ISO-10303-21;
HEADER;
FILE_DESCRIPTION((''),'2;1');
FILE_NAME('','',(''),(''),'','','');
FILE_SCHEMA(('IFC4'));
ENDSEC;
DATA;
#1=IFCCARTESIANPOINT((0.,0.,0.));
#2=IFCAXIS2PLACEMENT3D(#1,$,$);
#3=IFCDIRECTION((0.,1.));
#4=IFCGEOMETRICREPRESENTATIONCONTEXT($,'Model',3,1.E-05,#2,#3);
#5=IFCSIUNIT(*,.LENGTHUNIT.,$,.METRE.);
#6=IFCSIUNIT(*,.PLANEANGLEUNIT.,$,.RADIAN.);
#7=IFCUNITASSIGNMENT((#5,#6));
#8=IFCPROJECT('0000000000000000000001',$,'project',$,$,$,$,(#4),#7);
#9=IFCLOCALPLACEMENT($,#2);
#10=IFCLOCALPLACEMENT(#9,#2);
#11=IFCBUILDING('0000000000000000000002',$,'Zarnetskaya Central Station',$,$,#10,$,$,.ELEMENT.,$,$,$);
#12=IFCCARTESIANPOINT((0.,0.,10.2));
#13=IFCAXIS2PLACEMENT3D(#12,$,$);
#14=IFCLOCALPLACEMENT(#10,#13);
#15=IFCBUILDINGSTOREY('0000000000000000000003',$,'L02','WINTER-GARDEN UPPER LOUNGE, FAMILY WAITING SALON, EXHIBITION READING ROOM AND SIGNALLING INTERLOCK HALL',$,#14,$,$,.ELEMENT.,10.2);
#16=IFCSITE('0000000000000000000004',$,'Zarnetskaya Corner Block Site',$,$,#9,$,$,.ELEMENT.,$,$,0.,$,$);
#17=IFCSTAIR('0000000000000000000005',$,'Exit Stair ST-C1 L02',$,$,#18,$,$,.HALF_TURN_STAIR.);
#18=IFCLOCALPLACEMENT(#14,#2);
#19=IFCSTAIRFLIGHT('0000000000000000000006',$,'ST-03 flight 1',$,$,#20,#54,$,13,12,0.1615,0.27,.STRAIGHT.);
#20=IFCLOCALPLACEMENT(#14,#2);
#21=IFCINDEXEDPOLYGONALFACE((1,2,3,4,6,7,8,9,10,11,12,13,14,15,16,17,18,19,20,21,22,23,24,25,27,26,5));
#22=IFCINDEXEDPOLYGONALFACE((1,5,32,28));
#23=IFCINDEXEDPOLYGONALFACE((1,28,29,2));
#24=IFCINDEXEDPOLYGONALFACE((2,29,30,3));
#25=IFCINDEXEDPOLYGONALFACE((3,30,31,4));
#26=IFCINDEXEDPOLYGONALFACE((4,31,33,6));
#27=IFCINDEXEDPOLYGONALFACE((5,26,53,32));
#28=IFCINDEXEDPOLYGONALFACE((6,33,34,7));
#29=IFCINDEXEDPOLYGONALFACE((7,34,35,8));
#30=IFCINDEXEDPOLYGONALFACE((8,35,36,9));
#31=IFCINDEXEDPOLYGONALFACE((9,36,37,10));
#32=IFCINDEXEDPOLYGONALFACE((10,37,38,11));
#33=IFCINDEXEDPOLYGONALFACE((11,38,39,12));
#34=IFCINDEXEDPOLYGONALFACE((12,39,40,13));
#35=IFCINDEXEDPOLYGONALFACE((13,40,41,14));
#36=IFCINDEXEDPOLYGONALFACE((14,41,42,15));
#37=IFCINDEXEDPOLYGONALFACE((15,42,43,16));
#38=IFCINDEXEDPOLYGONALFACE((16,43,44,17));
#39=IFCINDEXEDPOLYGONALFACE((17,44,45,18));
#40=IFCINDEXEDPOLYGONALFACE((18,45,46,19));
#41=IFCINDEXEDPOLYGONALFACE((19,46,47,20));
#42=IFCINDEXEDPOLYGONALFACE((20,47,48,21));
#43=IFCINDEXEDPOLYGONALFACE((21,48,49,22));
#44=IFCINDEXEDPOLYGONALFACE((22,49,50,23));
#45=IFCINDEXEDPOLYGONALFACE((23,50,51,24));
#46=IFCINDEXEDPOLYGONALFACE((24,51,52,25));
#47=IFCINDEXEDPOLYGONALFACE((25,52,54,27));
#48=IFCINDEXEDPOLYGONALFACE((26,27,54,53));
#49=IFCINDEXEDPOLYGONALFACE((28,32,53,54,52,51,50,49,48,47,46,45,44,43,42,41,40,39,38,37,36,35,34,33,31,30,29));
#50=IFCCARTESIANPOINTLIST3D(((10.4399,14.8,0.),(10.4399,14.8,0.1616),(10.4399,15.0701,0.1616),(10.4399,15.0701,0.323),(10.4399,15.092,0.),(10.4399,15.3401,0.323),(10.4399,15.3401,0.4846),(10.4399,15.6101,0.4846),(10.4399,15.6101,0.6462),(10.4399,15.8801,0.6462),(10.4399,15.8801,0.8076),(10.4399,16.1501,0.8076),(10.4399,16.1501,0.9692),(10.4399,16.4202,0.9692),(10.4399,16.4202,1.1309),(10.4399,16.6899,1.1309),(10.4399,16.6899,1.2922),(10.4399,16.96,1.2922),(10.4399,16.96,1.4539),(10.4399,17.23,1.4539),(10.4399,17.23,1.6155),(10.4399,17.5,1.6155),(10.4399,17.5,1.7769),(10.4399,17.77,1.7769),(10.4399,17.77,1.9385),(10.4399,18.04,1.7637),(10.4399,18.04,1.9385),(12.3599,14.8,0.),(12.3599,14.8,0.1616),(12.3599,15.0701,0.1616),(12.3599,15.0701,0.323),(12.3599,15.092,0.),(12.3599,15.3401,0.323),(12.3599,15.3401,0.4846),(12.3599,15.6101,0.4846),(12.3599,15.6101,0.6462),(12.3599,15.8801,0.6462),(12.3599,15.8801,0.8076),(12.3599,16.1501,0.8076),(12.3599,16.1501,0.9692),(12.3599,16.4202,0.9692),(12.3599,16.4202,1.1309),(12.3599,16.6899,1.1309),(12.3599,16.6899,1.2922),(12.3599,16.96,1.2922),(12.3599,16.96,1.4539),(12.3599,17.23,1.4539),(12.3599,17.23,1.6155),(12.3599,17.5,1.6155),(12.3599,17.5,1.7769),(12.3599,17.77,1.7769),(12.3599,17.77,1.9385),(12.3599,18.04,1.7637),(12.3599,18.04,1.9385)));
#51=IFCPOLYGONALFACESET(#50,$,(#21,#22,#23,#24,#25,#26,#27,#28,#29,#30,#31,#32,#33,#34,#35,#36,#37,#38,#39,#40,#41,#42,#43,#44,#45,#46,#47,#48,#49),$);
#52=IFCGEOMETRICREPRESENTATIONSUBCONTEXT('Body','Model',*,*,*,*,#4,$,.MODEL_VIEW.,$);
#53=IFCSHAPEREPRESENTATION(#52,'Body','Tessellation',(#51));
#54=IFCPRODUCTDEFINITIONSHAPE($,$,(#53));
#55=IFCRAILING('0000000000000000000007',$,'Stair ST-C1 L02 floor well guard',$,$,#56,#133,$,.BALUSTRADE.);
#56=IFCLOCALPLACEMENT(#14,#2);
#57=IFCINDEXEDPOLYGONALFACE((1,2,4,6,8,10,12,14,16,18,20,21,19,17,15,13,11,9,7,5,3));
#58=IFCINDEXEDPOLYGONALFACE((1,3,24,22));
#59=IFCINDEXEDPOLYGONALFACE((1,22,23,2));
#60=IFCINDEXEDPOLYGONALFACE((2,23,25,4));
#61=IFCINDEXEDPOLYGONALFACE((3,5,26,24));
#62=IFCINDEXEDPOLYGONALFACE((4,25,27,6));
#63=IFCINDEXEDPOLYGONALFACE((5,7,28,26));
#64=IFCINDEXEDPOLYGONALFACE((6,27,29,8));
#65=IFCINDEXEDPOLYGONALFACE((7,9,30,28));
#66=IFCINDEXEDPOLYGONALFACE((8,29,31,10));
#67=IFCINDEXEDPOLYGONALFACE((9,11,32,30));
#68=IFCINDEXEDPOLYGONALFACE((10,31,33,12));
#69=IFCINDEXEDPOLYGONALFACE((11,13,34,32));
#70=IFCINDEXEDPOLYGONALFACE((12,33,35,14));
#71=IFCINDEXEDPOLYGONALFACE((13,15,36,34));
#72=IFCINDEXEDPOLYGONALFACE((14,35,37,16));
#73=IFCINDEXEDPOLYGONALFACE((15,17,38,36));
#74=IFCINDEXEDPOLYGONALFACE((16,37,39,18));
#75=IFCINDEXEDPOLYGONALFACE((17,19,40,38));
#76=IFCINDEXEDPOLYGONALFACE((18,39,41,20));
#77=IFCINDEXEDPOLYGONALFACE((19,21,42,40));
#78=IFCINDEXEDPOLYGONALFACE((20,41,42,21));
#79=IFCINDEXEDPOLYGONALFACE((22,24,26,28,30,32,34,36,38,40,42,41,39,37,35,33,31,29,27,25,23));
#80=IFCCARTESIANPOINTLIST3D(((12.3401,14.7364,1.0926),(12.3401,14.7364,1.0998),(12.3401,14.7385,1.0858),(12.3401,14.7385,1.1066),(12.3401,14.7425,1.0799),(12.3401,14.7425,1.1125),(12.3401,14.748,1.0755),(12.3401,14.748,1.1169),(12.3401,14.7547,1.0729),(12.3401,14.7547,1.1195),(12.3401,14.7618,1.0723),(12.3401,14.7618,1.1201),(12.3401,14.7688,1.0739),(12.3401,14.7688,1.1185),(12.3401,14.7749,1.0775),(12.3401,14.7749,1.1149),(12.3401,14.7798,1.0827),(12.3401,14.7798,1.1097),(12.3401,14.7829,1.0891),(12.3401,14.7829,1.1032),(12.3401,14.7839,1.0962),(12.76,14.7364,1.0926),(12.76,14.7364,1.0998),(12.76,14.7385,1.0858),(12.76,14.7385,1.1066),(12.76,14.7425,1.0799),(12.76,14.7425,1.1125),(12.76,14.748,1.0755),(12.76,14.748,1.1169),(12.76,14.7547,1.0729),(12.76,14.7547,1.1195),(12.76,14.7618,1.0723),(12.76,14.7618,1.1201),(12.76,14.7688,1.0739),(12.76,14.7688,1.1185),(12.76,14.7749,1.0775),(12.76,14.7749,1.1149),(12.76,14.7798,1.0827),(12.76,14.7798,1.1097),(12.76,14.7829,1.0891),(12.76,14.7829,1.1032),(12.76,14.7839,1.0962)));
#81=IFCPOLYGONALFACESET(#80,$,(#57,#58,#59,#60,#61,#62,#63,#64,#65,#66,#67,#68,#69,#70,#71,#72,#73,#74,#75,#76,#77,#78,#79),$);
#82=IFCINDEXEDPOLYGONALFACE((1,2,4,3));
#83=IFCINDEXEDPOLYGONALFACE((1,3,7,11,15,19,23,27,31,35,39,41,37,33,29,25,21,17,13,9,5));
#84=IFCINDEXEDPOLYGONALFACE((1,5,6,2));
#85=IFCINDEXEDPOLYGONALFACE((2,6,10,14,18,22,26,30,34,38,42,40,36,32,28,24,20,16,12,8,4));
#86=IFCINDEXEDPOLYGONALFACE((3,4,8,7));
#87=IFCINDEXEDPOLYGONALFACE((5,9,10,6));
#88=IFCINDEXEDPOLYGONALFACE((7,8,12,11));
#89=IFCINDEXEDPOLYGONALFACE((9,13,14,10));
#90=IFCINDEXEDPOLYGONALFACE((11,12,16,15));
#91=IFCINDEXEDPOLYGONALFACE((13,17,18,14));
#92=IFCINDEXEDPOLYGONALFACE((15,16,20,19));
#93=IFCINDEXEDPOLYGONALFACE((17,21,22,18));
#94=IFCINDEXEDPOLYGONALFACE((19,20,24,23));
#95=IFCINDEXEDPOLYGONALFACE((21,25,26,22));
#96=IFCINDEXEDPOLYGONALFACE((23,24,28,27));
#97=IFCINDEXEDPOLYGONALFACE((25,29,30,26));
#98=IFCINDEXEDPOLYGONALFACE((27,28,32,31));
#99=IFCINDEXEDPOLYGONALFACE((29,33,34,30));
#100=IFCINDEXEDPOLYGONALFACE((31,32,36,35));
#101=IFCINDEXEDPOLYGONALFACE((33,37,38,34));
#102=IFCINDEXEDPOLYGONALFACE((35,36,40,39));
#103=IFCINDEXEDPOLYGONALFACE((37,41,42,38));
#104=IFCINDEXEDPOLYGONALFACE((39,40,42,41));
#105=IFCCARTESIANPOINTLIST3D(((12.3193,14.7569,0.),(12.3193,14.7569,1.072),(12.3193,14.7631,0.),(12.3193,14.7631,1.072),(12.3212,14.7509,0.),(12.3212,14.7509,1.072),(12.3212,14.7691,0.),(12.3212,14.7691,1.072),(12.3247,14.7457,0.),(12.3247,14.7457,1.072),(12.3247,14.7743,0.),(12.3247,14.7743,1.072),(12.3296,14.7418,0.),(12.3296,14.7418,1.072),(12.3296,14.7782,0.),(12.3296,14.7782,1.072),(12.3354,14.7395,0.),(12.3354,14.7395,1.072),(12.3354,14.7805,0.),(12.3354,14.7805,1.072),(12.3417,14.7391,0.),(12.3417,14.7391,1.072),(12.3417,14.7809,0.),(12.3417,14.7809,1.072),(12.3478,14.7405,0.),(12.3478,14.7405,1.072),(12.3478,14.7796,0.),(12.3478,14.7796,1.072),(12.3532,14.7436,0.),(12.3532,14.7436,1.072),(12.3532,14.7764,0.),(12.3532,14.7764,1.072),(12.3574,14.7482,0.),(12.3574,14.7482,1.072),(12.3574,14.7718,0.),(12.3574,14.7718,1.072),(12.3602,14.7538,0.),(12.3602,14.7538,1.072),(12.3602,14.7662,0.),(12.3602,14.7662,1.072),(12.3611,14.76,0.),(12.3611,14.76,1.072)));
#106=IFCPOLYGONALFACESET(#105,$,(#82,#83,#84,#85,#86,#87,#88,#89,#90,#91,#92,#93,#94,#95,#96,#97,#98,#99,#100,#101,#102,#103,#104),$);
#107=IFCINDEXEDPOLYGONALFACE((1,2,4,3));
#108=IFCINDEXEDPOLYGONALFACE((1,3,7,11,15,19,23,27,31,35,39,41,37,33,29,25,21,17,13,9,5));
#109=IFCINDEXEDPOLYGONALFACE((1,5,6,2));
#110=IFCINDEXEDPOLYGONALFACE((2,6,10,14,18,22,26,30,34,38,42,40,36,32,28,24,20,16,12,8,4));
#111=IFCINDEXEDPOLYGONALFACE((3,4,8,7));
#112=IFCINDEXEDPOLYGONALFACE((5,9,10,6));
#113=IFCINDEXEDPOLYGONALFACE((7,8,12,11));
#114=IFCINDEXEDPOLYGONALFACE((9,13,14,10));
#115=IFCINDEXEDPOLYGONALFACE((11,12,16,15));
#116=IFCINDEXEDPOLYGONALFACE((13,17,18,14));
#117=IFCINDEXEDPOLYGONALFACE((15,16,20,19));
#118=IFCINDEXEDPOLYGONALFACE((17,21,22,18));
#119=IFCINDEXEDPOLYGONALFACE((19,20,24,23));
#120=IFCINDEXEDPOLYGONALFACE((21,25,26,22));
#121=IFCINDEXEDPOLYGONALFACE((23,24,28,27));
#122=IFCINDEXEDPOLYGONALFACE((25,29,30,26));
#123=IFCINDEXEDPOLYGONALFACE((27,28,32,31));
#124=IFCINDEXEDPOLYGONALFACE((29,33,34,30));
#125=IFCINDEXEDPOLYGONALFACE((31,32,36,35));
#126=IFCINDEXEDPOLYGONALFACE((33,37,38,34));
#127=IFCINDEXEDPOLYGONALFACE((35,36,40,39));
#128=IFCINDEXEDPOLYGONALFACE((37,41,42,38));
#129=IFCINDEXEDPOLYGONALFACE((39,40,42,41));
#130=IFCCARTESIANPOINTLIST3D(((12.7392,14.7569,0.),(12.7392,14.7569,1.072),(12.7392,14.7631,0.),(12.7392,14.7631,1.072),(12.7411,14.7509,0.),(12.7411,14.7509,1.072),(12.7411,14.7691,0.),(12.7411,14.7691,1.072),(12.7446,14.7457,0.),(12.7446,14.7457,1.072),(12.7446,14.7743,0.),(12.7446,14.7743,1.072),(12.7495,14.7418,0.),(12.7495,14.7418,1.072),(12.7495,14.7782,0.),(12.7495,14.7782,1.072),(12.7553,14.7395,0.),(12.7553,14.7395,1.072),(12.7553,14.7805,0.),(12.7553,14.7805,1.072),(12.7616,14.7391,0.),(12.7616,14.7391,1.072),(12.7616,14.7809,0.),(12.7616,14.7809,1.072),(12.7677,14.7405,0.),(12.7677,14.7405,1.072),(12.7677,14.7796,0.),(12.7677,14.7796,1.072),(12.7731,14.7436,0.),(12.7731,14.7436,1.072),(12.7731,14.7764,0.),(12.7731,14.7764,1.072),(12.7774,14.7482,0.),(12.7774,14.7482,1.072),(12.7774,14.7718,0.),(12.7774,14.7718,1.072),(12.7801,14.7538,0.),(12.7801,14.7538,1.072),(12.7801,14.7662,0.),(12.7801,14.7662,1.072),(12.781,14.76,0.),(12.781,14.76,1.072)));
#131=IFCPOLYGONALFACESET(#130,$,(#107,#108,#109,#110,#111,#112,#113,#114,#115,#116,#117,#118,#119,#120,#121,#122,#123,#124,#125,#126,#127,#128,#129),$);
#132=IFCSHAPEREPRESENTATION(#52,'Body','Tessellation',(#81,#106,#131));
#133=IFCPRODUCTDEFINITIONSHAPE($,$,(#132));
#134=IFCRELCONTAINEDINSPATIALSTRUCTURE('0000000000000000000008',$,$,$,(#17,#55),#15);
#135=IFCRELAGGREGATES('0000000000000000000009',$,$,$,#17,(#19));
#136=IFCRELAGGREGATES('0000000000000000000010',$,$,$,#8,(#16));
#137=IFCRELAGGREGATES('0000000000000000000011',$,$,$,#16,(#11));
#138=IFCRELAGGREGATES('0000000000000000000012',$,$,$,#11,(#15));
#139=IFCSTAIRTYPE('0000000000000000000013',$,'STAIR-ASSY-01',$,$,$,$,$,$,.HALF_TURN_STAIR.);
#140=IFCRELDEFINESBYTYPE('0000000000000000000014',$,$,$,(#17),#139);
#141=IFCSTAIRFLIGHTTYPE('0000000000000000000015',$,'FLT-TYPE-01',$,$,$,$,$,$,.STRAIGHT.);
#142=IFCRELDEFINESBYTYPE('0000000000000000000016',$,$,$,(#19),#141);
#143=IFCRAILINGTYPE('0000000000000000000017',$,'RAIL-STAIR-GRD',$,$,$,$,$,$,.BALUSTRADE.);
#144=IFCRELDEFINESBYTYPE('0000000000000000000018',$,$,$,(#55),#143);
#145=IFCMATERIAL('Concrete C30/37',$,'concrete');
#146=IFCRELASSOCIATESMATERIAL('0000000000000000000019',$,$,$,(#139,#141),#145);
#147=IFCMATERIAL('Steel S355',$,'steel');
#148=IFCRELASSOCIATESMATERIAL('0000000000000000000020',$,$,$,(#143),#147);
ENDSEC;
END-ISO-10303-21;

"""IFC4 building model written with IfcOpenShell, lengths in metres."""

from ifc_helpers import new_model, si_unit, direction, frame, origin, origin_2d, place, context, subcontext, project, spatial, polyline, circle, outline, extrude, material, type_object, element, aggregate, save


model = new_model("IFC4")

# Units and contexts
model_context = context("Model", 3, precision=1e-05, world=origin(), true_north=direction((0.0, 1.0)))
body_context = subcontext(model_context, "Body", "Model", "MODEL_VIEW")
ifc_project = project(units=[si_unit("LENGTHUNIT", "METRE"), si_unit("PLANEANGLEUNIT", "RADIAN")], contexts=[model_context])

# Site, building, storey
site_placement = place(None, origin())
site = spatial("IfcSite", under=ifc_project, at=site_placement, Name="Zarnetskaya Corner Block Site", CompositionType="ELEMENT", RefElevation=0.0)
building_placement = place(site_placement, origin())
building = spatial("IfcBuilding", under=site, at=building_placement, Name="Zarnetskaya Central Station", CompositionType="ELEMENT")
storey_placement = place(building_placement, frame((0.0, 0.0, 10.2)))
storey = spatial("IfcBuildingStorey", under=building, at=storey_placement, Name="L02", Description="WINTER-GARDEN UPPER LOUNGE, FAMILY WAITING SALON, EXHIBITION READING ROOM AND SIGNALLING INTERLOCK HALL", CompositionType="ELEMENT", Elevation=10.2)

# Shared definitions
ifc_material_1 = material(Name="Steel S355", Category="steel")

# Shared definitions
ifc_material_2 = material(Name="Concrete C30/37", Category="concrete")

# Stair, stair flight
stair_type = type_object("IfcStairType", Name="STAIR-ASSY-01", PredefinedType="HALF_TURN_STAIR", material=ifc_material_2)
stair_placement = place(storey_placement, origin())
stair = element("IfcStair", 1, at=stair_placement, inside=storey, type_object=stair_type, Name="Exit Stair ST-C1 L02", PredefinedType="HALF_TURN_STAIR")
stair_flight_type = type_object("IfcStairFlightType", Name="FLT-TYPE-01", PredefinedType="STRAIGHT", material=ifc_material_2)
stair_flight_placement = place(storey_placement, frame((11.3999, 14.8, 0.0), z_axis=(0.0, 0.0, 1.0), x_axis=(0.0, 1.0, 0.0)))
stair_flight = element("IfcStairFlight", 2, at=stair_flight_placement, type_object=stair_flight_type, Name="ST-03 flight 1", NumberOfRisers=13, NumberOfTreads=12, PredefinedType="STRAIGHT", RiserHeight=0.1615, TreadLength=0.27, context=body_context, shape_type="SweptSolid", body=[
    extrude(outline(polyline([(0.0, 0.0), (0.0, 0.1616), (0.27, 0.1616), (0.27, 0.323), (0.54, 0.323), (0.54, 0.4846), (0.8101, 0.4846), (0.8101, 0.6462), (1.0801, 0.6462), (1.0801, 0.8076), (1.3501, 0.8076), (1.3501, 0.9692), (1.6201, 0.9692), (1.6201, 1.1309), (1.8899, 1.1309), (1.8899, 1.2922), (2.1599, 1.2922), (2.1599, 1.4539), (2.4299, 1.4539), (2.4299, 1.6155), (2.7, 1.6155), (2.7, 1.7769), (2.97, 1.7769), (2.97, 1.9385), (3.24, 1.9385), (3.24, 2.1001), (3.24, 1.7637), (0.292, 0.0), (0.0, 0.0)])), frame((0.0, 0.96, 0.0), z_axis=(0.0, -1.0, 0.0), x_axis=(1.0, 0.0, 0.0)), (0.0, 0.0, 1.0), 1.9199),
])
aggregate(stair, [stair_flight])

# Railing
railing_type = type_object("IfcRailingType", Name="RAIL-STAIR-GRD", PredefinedType="BALUSTRADE", material=ifc_material_1)
railing_1_placement = place(storey_placement, frame((12.3401, 14.76, 0.0)))
element("IfcRailing", 3, at=railing_1_placement, inside=storey, type_object=railing_type, Name="Stair ST-C1 L02 floor well guard", PredefinedType="BALUSTRADE", context=body_context, shape_type="SweptSolid", body=[
    extrude(circle(Radius=0.0239, at=origin_2d()), frame((0.0, 0.0, 1.0962), z_axis=(1.0, 0.0, 0.0), x_axis=(0.0, 1.0, 0.0)), (0.0, 0.0, 1.0), 0.4199),
    extrude(circle(Radius=0.021, at=origin_2d()), origin(), (0.0, 0.0, 1.0), 1.072),
    extrude(circle(Radius=0.021, at=origin_2d()), frame((0.4199, 0.0, 0.0)), (0.0, 0.0, 1.0), 1.072),
])

save(model, "model.ifc")
